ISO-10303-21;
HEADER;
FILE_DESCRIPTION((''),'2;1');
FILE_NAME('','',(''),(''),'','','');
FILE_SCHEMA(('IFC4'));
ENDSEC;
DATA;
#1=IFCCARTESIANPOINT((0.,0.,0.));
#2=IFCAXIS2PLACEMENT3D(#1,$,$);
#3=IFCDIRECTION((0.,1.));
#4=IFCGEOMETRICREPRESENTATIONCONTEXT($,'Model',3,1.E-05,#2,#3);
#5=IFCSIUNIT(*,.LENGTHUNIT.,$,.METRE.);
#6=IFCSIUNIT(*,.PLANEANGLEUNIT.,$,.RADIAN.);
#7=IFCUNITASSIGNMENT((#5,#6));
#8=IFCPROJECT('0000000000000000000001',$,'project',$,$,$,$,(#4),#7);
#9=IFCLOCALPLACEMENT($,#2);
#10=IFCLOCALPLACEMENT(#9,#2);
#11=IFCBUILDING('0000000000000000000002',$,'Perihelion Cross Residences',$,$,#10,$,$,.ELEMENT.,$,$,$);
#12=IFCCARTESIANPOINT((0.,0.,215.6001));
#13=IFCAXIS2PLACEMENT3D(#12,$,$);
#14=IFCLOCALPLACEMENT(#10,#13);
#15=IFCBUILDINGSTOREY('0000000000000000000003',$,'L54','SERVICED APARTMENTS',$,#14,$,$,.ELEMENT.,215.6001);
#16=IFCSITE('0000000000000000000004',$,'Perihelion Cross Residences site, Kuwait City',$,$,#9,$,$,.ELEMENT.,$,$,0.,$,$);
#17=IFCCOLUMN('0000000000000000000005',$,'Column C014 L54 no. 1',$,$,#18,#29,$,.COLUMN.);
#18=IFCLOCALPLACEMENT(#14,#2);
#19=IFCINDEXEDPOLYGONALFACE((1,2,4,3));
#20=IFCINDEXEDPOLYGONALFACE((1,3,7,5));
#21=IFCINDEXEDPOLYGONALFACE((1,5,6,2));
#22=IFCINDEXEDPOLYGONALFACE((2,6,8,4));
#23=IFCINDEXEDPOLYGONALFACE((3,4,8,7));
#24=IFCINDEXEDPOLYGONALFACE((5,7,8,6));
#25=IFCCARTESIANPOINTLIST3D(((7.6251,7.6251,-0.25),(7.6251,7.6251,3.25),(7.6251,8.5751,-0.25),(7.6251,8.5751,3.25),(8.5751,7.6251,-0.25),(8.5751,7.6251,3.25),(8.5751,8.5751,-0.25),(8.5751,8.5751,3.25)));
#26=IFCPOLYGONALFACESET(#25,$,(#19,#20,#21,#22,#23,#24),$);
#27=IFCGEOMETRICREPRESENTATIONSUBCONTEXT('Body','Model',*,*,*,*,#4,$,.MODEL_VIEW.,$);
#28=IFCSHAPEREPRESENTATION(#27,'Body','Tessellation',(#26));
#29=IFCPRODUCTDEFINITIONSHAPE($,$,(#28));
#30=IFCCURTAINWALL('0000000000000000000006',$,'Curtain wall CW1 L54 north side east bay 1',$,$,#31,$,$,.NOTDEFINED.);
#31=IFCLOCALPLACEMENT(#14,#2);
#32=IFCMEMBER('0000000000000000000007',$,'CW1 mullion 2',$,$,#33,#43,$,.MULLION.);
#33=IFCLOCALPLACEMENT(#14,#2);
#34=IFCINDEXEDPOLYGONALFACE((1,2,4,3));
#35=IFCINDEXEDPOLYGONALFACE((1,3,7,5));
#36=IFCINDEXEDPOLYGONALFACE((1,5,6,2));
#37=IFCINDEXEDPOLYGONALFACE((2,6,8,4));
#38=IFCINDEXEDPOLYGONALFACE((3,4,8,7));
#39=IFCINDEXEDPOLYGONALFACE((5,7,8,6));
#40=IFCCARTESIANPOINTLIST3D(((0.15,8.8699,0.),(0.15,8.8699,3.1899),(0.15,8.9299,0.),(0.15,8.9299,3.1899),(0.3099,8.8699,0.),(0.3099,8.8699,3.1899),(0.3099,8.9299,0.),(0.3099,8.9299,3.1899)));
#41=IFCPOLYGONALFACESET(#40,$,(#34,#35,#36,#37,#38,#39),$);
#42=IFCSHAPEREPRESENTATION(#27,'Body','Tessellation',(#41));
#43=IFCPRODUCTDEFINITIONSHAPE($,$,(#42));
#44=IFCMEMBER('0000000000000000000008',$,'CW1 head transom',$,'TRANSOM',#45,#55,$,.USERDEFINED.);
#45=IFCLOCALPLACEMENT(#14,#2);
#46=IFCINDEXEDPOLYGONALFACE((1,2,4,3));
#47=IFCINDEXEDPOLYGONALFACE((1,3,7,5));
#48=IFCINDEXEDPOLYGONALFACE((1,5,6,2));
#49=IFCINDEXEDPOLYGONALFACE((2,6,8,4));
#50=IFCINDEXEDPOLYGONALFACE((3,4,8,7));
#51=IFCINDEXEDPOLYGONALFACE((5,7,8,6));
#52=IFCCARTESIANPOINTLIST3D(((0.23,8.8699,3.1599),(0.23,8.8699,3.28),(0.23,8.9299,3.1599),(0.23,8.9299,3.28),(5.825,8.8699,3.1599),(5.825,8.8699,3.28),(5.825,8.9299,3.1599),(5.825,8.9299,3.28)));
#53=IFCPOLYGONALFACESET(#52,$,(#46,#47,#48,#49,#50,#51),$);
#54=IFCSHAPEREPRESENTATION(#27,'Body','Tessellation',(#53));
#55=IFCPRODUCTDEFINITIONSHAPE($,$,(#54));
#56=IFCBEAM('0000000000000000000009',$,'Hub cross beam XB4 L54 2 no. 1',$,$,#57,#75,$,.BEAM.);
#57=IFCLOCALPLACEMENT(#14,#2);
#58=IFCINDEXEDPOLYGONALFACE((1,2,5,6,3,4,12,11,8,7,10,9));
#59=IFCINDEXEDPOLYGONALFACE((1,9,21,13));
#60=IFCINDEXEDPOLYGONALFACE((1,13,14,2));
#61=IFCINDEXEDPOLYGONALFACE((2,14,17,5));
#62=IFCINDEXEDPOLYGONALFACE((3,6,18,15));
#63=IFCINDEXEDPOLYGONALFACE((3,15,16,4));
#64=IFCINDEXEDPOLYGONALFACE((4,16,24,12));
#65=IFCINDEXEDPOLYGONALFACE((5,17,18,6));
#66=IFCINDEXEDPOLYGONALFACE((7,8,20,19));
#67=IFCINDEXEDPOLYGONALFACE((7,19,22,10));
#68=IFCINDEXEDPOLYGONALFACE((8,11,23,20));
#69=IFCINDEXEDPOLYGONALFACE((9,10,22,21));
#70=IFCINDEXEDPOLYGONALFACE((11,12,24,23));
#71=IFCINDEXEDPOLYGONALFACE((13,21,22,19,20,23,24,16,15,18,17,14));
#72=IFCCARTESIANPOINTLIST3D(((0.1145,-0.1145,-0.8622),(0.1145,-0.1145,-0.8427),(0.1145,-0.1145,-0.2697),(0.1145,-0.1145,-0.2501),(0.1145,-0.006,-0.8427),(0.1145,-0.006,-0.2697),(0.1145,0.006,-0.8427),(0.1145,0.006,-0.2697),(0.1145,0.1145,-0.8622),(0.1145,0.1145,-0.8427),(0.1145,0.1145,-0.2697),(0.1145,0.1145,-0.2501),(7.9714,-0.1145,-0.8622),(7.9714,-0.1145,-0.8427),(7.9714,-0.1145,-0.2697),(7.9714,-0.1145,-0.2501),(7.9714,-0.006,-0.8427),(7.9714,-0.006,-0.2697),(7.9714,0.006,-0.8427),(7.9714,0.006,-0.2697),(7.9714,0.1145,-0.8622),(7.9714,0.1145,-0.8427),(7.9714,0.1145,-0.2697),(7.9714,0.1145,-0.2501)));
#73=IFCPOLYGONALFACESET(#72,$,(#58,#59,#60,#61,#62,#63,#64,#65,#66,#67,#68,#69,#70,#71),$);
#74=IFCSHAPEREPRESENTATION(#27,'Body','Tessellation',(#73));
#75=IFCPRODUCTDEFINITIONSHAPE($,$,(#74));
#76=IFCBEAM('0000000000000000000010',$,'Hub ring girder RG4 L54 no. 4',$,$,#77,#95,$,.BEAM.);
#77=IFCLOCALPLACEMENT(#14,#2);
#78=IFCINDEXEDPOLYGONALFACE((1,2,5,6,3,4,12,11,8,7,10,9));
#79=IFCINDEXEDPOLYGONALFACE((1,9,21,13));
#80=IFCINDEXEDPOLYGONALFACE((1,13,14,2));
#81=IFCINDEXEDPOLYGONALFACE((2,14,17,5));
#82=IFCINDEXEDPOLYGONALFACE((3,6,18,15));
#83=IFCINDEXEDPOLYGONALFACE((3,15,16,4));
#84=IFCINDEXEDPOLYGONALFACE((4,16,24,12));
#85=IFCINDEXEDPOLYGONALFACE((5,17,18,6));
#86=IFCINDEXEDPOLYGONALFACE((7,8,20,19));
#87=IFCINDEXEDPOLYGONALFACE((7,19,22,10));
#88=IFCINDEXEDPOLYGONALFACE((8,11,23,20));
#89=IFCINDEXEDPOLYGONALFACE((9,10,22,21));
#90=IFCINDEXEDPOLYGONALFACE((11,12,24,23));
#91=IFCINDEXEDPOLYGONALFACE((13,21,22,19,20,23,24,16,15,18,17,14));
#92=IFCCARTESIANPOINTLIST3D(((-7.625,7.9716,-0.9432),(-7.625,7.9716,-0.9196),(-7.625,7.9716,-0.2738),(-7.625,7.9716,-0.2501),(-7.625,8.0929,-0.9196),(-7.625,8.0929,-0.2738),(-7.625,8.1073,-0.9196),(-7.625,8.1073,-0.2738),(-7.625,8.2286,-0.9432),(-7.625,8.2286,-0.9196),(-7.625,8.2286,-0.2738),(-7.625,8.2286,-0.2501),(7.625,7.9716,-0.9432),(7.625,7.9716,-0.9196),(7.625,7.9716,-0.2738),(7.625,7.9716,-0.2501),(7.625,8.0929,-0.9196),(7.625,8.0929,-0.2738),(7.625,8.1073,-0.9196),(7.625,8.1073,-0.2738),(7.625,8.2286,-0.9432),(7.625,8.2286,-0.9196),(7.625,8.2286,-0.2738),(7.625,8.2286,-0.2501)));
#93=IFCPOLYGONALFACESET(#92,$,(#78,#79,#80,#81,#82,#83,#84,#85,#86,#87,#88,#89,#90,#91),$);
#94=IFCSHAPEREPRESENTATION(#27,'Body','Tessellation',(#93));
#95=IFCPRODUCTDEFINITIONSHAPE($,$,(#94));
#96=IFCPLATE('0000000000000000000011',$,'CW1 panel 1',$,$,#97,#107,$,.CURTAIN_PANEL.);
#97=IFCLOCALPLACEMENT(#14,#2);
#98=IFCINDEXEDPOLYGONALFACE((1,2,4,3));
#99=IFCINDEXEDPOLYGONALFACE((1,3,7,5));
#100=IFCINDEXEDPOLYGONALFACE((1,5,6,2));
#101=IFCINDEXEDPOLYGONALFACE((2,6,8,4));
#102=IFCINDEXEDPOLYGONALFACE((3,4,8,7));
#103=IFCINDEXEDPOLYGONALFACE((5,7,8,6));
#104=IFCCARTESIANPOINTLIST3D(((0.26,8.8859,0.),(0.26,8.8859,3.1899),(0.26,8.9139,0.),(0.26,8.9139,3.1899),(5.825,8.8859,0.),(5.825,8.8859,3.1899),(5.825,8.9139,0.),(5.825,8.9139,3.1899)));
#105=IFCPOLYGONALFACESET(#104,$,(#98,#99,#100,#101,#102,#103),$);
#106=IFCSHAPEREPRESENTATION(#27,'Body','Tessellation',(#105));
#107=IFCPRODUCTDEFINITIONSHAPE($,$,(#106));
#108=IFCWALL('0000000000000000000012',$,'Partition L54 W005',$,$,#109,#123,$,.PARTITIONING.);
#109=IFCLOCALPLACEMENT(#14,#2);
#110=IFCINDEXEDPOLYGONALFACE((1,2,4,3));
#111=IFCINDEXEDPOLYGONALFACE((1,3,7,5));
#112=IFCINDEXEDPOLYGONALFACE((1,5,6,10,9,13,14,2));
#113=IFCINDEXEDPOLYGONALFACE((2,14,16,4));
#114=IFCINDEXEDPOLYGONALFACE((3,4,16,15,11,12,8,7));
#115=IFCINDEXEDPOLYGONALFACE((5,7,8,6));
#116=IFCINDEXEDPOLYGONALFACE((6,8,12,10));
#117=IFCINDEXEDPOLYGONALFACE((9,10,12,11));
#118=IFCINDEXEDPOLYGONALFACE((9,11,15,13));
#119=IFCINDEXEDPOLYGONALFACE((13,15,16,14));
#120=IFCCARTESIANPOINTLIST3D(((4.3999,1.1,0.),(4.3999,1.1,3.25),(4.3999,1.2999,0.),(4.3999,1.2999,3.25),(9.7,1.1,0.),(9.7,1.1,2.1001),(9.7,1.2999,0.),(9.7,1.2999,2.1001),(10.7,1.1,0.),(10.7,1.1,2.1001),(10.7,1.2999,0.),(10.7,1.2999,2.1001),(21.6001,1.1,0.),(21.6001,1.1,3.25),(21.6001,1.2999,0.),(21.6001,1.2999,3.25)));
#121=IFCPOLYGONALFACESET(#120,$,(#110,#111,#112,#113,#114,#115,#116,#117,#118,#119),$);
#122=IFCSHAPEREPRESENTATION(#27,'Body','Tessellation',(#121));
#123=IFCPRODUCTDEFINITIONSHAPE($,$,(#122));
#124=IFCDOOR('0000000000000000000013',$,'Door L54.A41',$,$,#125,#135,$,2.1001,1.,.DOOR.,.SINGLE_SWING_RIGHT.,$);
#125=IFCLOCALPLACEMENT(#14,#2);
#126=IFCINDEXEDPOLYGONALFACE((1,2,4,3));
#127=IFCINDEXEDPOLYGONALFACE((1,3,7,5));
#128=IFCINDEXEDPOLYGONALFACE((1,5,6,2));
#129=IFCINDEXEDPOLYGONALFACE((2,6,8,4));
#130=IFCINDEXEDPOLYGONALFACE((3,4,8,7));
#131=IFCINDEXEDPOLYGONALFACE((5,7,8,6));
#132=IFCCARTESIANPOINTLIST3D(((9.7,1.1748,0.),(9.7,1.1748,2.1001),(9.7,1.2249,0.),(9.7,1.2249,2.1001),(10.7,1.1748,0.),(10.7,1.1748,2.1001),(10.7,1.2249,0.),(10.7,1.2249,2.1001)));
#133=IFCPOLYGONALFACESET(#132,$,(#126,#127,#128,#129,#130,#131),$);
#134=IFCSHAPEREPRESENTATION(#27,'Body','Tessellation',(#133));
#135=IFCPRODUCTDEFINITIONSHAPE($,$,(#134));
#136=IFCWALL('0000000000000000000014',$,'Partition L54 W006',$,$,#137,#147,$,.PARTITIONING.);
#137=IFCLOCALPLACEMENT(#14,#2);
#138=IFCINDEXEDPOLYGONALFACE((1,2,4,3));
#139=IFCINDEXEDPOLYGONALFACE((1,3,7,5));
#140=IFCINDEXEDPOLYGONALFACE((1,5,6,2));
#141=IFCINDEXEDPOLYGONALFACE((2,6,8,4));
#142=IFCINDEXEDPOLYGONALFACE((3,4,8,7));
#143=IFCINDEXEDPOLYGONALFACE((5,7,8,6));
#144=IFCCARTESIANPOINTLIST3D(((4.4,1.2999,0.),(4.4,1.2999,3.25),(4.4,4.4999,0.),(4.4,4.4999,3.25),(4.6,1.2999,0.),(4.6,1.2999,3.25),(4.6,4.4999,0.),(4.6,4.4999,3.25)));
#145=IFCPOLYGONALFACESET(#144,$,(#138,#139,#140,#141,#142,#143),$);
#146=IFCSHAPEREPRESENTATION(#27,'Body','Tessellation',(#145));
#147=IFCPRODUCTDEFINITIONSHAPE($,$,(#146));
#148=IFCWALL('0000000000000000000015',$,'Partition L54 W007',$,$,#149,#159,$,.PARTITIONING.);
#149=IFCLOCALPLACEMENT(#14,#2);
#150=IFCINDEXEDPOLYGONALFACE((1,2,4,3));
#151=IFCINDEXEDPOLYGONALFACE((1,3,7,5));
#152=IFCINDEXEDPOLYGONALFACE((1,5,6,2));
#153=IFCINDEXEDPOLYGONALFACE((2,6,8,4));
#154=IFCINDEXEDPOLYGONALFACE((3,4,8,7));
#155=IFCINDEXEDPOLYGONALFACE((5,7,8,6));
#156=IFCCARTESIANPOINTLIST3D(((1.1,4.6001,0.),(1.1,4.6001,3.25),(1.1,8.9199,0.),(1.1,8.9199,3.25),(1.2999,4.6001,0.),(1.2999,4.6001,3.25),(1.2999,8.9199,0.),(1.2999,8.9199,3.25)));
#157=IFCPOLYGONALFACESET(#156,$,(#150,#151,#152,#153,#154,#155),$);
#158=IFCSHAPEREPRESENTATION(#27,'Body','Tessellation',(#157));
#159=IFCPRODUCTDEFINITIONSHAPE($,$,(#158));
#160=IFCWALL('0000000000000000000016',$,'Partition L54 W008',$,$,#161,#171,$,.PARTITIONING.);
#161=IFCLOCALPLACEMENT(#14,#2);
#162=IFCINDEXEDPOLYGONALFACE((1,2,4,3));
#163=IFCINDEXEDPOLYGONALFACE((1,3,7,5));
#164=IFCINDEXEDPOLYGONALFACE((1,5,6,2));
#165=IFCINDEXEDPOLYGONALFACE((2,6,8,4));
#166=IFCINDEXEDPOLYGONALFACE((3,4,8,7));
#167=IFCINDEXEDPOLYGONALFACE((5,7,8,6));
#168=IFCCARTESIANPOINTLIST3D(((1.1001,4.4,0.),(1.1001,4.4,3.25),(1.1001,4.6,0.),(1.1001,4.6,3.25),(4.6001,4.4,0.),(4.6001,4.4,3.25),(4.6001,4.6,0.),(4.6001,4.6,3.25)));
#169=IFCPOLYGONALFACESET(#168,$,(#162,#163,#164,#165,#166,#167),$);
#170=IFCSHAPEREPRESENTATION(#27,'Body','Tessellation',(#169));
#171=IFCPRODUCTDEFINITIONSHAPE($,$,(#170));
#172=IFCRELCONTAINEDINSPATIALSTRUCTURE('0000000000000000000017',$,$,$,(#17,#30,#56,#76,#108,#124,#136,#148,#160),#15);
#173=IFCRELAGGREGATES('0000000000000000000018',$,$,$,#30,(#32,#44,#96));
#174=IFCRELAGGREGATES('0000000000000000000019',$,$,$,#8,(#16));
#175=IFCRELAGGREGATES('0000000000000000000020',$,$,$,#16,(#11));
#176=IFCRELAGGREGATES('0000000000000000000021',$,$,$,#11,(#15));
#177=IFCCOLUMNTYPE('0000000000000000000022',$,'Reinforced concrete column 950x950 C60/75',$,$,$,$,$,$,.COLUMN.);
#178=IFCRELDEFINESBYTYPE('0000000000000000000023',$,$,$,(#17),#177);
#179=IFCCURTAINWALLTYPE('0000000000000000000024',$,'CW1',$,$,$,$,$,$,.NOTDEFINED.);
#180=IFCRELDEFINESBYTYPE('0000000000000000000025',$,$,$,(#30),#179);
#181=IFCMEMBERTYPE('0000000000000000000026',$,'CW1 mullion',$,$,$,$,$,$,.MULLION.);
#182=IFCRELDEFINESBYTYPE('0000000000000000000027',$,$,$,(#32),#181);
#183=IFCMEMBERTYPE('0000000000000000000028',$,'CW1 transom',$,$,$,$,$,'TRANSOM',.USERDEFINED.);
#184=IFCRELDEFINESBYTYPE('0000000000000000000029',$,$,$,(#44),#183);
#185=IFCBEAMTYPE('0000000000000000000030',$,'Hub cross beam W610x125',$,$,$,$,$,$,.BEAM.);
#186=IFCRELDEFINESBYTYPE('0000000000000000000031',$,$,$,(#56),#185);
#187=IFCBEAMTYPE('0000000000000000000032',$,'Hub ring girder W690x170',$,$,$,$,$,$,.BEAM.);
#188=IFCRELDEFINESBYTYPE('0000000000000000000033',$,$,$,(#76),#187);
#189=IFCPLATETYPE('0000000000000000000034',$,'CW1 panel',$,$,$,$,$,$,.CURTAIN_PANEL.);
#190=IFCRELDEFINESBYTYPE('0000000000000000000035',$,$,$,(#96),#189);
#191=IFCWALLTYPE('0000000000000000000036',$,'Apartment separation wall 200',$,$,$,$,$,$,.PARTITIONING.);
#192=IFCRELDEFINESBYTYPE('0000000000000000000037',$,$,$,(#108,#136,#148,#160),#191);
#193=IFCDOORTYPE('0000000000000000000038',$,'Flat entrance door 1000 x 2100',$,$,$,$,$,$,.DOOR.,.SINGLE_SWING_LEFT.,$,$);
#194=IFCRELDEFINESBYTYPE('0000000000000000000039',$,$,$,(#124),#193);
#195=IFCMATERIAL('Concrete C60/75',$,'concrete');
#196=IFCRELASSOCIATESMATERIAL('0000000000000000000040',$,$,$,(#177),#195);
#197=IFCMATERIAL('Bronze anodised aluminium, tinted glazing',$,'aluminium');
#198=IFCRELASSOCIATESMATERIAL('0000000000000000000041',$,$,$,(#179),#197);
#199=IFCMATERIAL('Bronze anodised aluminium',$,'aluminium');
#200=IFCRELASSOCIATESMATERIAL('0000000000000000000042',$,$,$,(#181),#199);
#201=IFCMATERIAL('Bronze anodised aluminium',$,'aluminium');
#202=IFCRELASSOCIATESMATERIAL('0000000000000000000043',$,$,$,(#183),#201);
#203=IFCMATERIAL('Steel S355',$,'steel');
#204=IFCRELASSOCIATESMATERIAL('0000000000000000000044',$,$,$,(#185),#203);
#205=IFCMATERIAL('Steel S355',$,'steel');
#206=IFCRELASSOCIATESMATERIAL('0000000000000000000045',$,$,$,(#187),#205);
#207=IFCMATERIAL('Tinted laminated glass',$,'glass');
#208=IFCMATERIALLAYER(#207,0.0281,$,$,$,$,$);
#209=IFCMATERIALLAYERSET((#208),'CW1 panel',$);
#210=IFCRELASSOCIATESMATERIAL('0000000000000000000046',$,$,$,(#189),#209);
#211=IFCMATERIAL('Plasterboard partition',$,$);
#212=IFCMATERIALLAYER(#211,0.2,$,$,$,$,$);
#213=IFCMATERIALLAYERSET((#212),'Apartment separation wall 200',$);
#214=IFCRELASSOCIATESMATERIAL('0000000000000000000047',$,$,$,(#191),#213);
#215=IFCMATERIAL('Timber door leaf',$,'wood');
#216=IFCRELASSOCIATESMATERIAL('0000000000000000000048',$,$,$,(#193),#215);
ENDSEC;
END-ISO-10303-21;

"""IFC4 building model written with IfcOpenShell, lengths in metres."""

from ifc_helpers import new_model, si_unit, direction, frame, frame_2d, origin, origin_2d, place, context, subcontext, project, spatial, rectangle, i_section, extrude, material, layer, layer_set, material_profile, profile_set, type_object, element, fill, aggregate, save


model = new_model("IFC4")

# Units and contexts
model_context = context("Model", 3, precision=1e-05, world=origin(), true_north=direction((0.0, 1.0)))
body_context = subcontext(model_context, "Body", "Model", "MODEL_VIEW")
ifc_project = project(units=[si_unit("LENGTHUNIT", "METRE"), si_unit("PLANEANGLEUNIT", "RADIAN")], contexts=[model_context])

# Site, building, storey
site_placement = place(None, origin())
site = spatial("IfcSite", under=ifc_project, at=site_placement, Name="Perihelion Cross Residences site, Kuwait City", CompositionType="ELEMENT", RefElevation=0.0)
building_placement = place(site_placement, origin())
building = spatial("IfcBuilding", under=site, at=building_placement, Name="Perihelion Cross Residences", CompositionType="ELEMENT")
storey_placement = place(building_placement, frame((0.0, 0.0, 215.6001)))
storey = spatial("IfcBuildingStorey", under=building, at=storey_placement, Name="L54", Description="SERVICED APARTMENTS", CompositionType="ELEMENT", Elevation=215.6001)

# Column
ifc_material_1 = material(Name="Concrete C60/75", Category="concrete")
ifc_material_profile_1 = material_profile(ifc_material_1, rectangle(XDim=0.95, YDim=0.95, at=origin_2d()), Name="RC 950x950")
ifc_profile_set_1 = profile_set([ifc_material_profile_1], Name="Concrete C60/75")
column_type = type_object("IfcColumnType", Name="Reinforced concrete column 950x950 C60/75", PredefinedType="COLUMN", material=ifc_profile_set_1)
column_placement = place(storey_placement, frame((8.1001, 8.1001, -0.25), z_axis=(0.0, 0.0, 1.0), x_axis=(1.0, 0.0, 0.0)))
element("IfcColumn", 1, at=column_placement, inside=storey, type_object=column_type, Name="Column C014 L54 no. 1", PredefinedType="COLUMN", context=body_context, shape_type="SweptSolid", body=[
    extrude(rectangle(XDim=0.95, YDim=0.95, at=origin_2d()), origin(), (0.0, 0.0, 1.0), 3.5),
])

# Curtain wall, members
ifc_material_2 = material(Name="Bronze anodised aluminium, tinted glazing", Category="aluminium")
curtain_wall_type = type_object("IfcCurtainWallType", Name="CW1", PredefinedType="NOTDEFINED", material=ifc_material_2)
curtain_wall_placement = place(storey_placement, origin())
curtain_wall = element("IfcCurtainWall", 2, at=curtain_wall_placement, inside=storey, type_object=curtain_wall_type, Name="Curtain wall CW1 L54 north side east bay 1", PredefinedType="NOTDEFINED")
ifc_material_3 = material(Name="Bronze anodised aluminium", Category="aluminium")
ifc_material_profile_2 = material_profile(ifc_material_3, rectangle(XDim=0.0601, YDim=0.1599, at=origin_2d()), Name="CW1 mullion")
ifc_profile_set_2 = profile_set([ifc_material_profile_2], Name="Bronze anodised aluminium")
member_type_1 = type_object("IfcMemberType", Name="CW1 mullion", PredefinedType="MULLION", material=ifc_profile_set_2)
member_1_placement = place(storey_placement, frame((0.23, 8.8999, 0.0), z_axis=(0.0, 0.0, 1.0), x_axis=(0.0, -1.0, 0.0)))
member_1 = element("IfcMember", 3, at=member_1_placement, type_object=member_type_1, Name="CW1 mullion 2", PredefinedType="MULLION", context=body_context, shape_type="SweptSolid", body=[
    extrude(rectangle(XDim=0.0601, YDim=0.1599, at=origin_2d()), origin(), (0.0, 0.0, 1.0), 3.1899),
])
ifc_material_4 = material(Name="Bronze anodised aluminium", Category="aluminium")
ifc_material_profile_3 = material_profile(ifc_material_4, rectangle(XDim=0.0601, YDim=0.1201, at=origin_2d()), Name="CW1 transom")
ifc_profile_set_3 = profile_set([ifc_material_profile_3], Name="Bronze anodised aluminium")
member_type_2 = type_object("IfcMemberType", Name="CW1 transom", ElementType="TRANSOM", PredefinedType="USERDEFINED", material=ifc_profile_set_3)
member_2_placement = place(storey_placement, frame((5.825, 8.8999, 3.22), z_axis=(-1.0, 0.0, 0.0), x_axis=(0.0, -1.0, 0.0)))
member_2 = element("IfcMember", 4, at=member_2_placement, type_object=member_type_2, Name="CW1 head transom", ObjectType="TRANSOM", PredefinedType="USERDEFINED", context=body_context, shape_type="SweptSolid", body=[
    extrude(rectangle(XDim=0.0601, YDim=0.1201, at=origin_2d()), origin(), (0.0, 0.0, 1.0), 5.595),
])

# Beams
ifc_material_5 = material(Name="Steel S355", Category="steel")
ifc_material_profile_4 = material_profile(ifc_material_5, i_section(OverallWidth=0.229, OverallDepth=0.6121, WebThickness=0.012, FlangeThickness=0.0195, at=origin_2d()), Name="W610x125")
ifc_profile_set_4 = profile_set([ifc_material_profile_4], Name="Steel S355")
beam_type_1 = type_object("IfcBeamType", Name="Hub cross beam W610x125", PredefinedType="BEAM", material=ifc_profile_set_4)
beam_1_placement = place(storey_placement, frame((0.1145, 0.0, -0.5562), z_axis=(1.0, 0.0, 0.0), x_axis=(0.0, 1.0, 0.0)))
element("IfcBeam", 5, at=beam_1_placement, inside=storey, type_object=beam_type_1, Name="Hub cross beam XB4 L54 2 no. 1", PredefinedType="BEAM", context=body_context, shape_type="SweptSolid", body=[
    extrude(i_section(OverallWidth=0.229, OverallDepth=0.6121, WebThickness=0.012, FlangeThickness=0.0195, at=origin_2d()), origin(), (0.0, 0.0, 1.0), 7.8569),
])
ifc_material_6 = material(Name="Steel S355", Category="steel")
ifc_material_profile_5 = material_profile(ifc_material_6, i_section(OverallWidth=0.2571, OverallDepth=0.6931, WebThickness=0.0144, FlangeThickness=0.0237, at=origin_2d()), Name="W690x170")
ifc_profile_set_5 = profile_set([ifc_material_profile_5], Name="Steel S355")
beam_type_2 = type_object("IfcBeamType", Name="Hub ring girder W690x170", PredefinedType="BEAM", material=ifc_profile_set_5)
beam_2_placement = place(storey_placement, frame((7.625, 8.1001, -0.5967), z_axis=(-1.0, 0.0, 0.0), x_axis=(0.0, -1.0, 0.0)))
element("IfcBeam", 6, at=beam_2_placement, inside=storey, type_object=beam_type_2, Name="Hub ring girder RG4 L54 no. 4", PredefinedType="BEAM", context=body_context, shape_type="SweptSolid", body=[
    extrude(i_section(OverallWidth=0.2571, OverallDepth=0.6931, WebThickness=0.0144, FlangeThickness=0.0237, at=origin_2d()), origin(), (0.0, 0.0, 1.0), 15.25),
])

# Plate
ifc_material_7 = material(Name="Tinted laminated glass", Category="glass")
ifc_layer_1 = layer(ifc_material_7, 0.0281)
ifc_layer_set_1 = layer_set([ifc_layer_1], Name="CW1 panel")
plate_type = type_object("IfcPlateType", Name="CW1 panel", PredefinedType="CURTAIN_PANEL", material=ifc_layer_set_1)
plate_placement = place(storey_placement, frame((3.0425, 8.8999, 0.0), z_axis=(0.0, 0.0, 1.0), x_axis=(-1.0, 0.0, 0.0)))
plate = element("IfcPlate", 7, at=plate_placement, type_object=plate_type, Name="CW1 panel 1", PredefinedType="CURTAIN_PANEL", context=body_context, shape_type="SweptSolid", body=[
    extrude(rectangle(XDim=5.5649, YDim=0.0281, at=origin_2d()), origin(), (0.0, 0.0, 1.0), 3.1899),
])
aggregate(curtain_wall, [member_1, member_2, plate])

# Wall, opening, door
ifc_material_8 = material(Name="Plasterboard partition")
ifc_layer_2 = layer(ifc_material_8, 0.2)
ifc_layer_set_2 = layer_set([ifc_layer_2], Name="Apartment separation wall 200")
wall_type_1 = type_object("IfcWallType", Name="Apartment separation wall 200", PredefinedType="PARTITIONING", material=ifc_layer_set_2)
wall_1_placement = place(storey_placement, frame((4.3999, 1.2, 0.0), z_axis=(0.0, 0.0, 1.0), x_axis=(1.0, 0.0, 0.0)))
wall_1 = element("IfcWall", 8, at=wall_1_placement, inside=storey, type_object=wall_type_1, Name="Partition L54 W005", PredefinedType="PARTITIONING", context=body_context, shape_type="SweptSolid", body=[
    extrude(rectangle(XDim=17.2002, YDim=0.2, at=frame_2d((8.6001, 0.0))), origin(), (0.0, 0.0, 1.0), 3.25),
])
opening_1_placement = place(wall_1_placement, frame((5.3, 0.0, 0.0)))
opening_1 = element("IfcOpeningElement", 9, at=opening_1_placement, cuts=wall_1, PredefinedType="OPENING", context=body_context, shape_type="SweptSolid", body=[
    extrude(rectangle(XDim=1.0, YDim=2.1001, at=frame_2d((0.5, 1.05))), frame((0.0, 0.1099, 0.0), z_axis=(0.0, -1.0, 0.0), x_axis=(1.0, 0.0, 0.0)), (0.0, 0.0, 1.0), 0.22),
])
ifc_material_9 = material(Name="Timber door leaf", Category="wood")
door_type_1 = type_object("IfcDoorType", Name="Flat entrance door 1000 x 2100", OperationType="SINGLE_SWING_LEFT", PredefinedType="DOOR", material=ifc_material_9)
door_1_placement = place(opening_1_placement, origin())
door_1 = element("IfcDoor", 10, at=door_1_placement, inside=storey, type_object=door_type_1, Name="Door L54.A41", OperationType="SINGLE_SWING_RIGHT", OverallHeight=2.1001, OverallWidth=1.0, PredefinedType="DOOR", context=body_context, shape_type="SweptSolid", body=[
    extrude(rectangle(XDim=1.0, YDim=2.1001, at=frame_2d((0.5, 1.05))), frame((0.0, 0.0249, 0.0), z_axis=(0.0, -1.0, 0.0), x_axis=(1.0, 0.0, 0.0)), (0.0, 0.0, 1.0), 0.05),
])
fill(opening_1, door_1)

# Walls
wall_2_placement = place(storey_placement, frame((4.5, 4.5, 0.0), z_axis=(0.0, 0.0, 1.0), x_axis=(0.0, -1.0, 0.0)))
element("IfcWall", 11, at=wall_2_placement, inside=storey, type_object=wall_type_1, Name="Partition L54 W006", PredefinedType="PARTITIONING", context=body_context, shape_type="SweptSolid", body=[
    extrude(rectangle(XDim=3.2, YDim=0.2, at=frame_2d((1.6001, 0.0))), origin(), (0.0, 0.0, 1.0), 3.25),
])
wall_3_placement = place(storey_placement, frame((1.2, 8.9199, 0.0), z_axis=(0.0, 0.0, 1.0), x_axis=(0.0, -1.0, 0.0)))
element("IfcWall", 12, at=wall_3_placement, inside=storey, type_object=wall_type_1, Name="Partition L54 W007", PredefinedType="PARTITIONING", context=body_context, shape_type="SweptSolid", body=[
    extrude(rectangle(XDim=4.3198, YDim=0.2, at=frame_2d((2.1599, 0.0))), origin(), (0.0, 0.0, 1.0), 3.25),
])
wall_4_placement = place(storey_placement, frame((1.1001, 4.5, 0.0), z_axis=(0.0, 0.0, 1.0), x_axis=(1.0, 0.0, 0.0)))
element("IfcWall", 13, at=wall_4_placement, inside=storey, type_object=wall_type_1, Name="Partition L54 W008", PredefinedType="PARTITIONING", context=body_context, shape_type="SweptSolid", body=[
    extrude(rectangle(XDim=3.5, YDim=0.2, at=frame_2d((1.75, 0.0))), origin(), (0.0, 0.0, 1.0), 3.25),
])

save(model, "model.ifc")
